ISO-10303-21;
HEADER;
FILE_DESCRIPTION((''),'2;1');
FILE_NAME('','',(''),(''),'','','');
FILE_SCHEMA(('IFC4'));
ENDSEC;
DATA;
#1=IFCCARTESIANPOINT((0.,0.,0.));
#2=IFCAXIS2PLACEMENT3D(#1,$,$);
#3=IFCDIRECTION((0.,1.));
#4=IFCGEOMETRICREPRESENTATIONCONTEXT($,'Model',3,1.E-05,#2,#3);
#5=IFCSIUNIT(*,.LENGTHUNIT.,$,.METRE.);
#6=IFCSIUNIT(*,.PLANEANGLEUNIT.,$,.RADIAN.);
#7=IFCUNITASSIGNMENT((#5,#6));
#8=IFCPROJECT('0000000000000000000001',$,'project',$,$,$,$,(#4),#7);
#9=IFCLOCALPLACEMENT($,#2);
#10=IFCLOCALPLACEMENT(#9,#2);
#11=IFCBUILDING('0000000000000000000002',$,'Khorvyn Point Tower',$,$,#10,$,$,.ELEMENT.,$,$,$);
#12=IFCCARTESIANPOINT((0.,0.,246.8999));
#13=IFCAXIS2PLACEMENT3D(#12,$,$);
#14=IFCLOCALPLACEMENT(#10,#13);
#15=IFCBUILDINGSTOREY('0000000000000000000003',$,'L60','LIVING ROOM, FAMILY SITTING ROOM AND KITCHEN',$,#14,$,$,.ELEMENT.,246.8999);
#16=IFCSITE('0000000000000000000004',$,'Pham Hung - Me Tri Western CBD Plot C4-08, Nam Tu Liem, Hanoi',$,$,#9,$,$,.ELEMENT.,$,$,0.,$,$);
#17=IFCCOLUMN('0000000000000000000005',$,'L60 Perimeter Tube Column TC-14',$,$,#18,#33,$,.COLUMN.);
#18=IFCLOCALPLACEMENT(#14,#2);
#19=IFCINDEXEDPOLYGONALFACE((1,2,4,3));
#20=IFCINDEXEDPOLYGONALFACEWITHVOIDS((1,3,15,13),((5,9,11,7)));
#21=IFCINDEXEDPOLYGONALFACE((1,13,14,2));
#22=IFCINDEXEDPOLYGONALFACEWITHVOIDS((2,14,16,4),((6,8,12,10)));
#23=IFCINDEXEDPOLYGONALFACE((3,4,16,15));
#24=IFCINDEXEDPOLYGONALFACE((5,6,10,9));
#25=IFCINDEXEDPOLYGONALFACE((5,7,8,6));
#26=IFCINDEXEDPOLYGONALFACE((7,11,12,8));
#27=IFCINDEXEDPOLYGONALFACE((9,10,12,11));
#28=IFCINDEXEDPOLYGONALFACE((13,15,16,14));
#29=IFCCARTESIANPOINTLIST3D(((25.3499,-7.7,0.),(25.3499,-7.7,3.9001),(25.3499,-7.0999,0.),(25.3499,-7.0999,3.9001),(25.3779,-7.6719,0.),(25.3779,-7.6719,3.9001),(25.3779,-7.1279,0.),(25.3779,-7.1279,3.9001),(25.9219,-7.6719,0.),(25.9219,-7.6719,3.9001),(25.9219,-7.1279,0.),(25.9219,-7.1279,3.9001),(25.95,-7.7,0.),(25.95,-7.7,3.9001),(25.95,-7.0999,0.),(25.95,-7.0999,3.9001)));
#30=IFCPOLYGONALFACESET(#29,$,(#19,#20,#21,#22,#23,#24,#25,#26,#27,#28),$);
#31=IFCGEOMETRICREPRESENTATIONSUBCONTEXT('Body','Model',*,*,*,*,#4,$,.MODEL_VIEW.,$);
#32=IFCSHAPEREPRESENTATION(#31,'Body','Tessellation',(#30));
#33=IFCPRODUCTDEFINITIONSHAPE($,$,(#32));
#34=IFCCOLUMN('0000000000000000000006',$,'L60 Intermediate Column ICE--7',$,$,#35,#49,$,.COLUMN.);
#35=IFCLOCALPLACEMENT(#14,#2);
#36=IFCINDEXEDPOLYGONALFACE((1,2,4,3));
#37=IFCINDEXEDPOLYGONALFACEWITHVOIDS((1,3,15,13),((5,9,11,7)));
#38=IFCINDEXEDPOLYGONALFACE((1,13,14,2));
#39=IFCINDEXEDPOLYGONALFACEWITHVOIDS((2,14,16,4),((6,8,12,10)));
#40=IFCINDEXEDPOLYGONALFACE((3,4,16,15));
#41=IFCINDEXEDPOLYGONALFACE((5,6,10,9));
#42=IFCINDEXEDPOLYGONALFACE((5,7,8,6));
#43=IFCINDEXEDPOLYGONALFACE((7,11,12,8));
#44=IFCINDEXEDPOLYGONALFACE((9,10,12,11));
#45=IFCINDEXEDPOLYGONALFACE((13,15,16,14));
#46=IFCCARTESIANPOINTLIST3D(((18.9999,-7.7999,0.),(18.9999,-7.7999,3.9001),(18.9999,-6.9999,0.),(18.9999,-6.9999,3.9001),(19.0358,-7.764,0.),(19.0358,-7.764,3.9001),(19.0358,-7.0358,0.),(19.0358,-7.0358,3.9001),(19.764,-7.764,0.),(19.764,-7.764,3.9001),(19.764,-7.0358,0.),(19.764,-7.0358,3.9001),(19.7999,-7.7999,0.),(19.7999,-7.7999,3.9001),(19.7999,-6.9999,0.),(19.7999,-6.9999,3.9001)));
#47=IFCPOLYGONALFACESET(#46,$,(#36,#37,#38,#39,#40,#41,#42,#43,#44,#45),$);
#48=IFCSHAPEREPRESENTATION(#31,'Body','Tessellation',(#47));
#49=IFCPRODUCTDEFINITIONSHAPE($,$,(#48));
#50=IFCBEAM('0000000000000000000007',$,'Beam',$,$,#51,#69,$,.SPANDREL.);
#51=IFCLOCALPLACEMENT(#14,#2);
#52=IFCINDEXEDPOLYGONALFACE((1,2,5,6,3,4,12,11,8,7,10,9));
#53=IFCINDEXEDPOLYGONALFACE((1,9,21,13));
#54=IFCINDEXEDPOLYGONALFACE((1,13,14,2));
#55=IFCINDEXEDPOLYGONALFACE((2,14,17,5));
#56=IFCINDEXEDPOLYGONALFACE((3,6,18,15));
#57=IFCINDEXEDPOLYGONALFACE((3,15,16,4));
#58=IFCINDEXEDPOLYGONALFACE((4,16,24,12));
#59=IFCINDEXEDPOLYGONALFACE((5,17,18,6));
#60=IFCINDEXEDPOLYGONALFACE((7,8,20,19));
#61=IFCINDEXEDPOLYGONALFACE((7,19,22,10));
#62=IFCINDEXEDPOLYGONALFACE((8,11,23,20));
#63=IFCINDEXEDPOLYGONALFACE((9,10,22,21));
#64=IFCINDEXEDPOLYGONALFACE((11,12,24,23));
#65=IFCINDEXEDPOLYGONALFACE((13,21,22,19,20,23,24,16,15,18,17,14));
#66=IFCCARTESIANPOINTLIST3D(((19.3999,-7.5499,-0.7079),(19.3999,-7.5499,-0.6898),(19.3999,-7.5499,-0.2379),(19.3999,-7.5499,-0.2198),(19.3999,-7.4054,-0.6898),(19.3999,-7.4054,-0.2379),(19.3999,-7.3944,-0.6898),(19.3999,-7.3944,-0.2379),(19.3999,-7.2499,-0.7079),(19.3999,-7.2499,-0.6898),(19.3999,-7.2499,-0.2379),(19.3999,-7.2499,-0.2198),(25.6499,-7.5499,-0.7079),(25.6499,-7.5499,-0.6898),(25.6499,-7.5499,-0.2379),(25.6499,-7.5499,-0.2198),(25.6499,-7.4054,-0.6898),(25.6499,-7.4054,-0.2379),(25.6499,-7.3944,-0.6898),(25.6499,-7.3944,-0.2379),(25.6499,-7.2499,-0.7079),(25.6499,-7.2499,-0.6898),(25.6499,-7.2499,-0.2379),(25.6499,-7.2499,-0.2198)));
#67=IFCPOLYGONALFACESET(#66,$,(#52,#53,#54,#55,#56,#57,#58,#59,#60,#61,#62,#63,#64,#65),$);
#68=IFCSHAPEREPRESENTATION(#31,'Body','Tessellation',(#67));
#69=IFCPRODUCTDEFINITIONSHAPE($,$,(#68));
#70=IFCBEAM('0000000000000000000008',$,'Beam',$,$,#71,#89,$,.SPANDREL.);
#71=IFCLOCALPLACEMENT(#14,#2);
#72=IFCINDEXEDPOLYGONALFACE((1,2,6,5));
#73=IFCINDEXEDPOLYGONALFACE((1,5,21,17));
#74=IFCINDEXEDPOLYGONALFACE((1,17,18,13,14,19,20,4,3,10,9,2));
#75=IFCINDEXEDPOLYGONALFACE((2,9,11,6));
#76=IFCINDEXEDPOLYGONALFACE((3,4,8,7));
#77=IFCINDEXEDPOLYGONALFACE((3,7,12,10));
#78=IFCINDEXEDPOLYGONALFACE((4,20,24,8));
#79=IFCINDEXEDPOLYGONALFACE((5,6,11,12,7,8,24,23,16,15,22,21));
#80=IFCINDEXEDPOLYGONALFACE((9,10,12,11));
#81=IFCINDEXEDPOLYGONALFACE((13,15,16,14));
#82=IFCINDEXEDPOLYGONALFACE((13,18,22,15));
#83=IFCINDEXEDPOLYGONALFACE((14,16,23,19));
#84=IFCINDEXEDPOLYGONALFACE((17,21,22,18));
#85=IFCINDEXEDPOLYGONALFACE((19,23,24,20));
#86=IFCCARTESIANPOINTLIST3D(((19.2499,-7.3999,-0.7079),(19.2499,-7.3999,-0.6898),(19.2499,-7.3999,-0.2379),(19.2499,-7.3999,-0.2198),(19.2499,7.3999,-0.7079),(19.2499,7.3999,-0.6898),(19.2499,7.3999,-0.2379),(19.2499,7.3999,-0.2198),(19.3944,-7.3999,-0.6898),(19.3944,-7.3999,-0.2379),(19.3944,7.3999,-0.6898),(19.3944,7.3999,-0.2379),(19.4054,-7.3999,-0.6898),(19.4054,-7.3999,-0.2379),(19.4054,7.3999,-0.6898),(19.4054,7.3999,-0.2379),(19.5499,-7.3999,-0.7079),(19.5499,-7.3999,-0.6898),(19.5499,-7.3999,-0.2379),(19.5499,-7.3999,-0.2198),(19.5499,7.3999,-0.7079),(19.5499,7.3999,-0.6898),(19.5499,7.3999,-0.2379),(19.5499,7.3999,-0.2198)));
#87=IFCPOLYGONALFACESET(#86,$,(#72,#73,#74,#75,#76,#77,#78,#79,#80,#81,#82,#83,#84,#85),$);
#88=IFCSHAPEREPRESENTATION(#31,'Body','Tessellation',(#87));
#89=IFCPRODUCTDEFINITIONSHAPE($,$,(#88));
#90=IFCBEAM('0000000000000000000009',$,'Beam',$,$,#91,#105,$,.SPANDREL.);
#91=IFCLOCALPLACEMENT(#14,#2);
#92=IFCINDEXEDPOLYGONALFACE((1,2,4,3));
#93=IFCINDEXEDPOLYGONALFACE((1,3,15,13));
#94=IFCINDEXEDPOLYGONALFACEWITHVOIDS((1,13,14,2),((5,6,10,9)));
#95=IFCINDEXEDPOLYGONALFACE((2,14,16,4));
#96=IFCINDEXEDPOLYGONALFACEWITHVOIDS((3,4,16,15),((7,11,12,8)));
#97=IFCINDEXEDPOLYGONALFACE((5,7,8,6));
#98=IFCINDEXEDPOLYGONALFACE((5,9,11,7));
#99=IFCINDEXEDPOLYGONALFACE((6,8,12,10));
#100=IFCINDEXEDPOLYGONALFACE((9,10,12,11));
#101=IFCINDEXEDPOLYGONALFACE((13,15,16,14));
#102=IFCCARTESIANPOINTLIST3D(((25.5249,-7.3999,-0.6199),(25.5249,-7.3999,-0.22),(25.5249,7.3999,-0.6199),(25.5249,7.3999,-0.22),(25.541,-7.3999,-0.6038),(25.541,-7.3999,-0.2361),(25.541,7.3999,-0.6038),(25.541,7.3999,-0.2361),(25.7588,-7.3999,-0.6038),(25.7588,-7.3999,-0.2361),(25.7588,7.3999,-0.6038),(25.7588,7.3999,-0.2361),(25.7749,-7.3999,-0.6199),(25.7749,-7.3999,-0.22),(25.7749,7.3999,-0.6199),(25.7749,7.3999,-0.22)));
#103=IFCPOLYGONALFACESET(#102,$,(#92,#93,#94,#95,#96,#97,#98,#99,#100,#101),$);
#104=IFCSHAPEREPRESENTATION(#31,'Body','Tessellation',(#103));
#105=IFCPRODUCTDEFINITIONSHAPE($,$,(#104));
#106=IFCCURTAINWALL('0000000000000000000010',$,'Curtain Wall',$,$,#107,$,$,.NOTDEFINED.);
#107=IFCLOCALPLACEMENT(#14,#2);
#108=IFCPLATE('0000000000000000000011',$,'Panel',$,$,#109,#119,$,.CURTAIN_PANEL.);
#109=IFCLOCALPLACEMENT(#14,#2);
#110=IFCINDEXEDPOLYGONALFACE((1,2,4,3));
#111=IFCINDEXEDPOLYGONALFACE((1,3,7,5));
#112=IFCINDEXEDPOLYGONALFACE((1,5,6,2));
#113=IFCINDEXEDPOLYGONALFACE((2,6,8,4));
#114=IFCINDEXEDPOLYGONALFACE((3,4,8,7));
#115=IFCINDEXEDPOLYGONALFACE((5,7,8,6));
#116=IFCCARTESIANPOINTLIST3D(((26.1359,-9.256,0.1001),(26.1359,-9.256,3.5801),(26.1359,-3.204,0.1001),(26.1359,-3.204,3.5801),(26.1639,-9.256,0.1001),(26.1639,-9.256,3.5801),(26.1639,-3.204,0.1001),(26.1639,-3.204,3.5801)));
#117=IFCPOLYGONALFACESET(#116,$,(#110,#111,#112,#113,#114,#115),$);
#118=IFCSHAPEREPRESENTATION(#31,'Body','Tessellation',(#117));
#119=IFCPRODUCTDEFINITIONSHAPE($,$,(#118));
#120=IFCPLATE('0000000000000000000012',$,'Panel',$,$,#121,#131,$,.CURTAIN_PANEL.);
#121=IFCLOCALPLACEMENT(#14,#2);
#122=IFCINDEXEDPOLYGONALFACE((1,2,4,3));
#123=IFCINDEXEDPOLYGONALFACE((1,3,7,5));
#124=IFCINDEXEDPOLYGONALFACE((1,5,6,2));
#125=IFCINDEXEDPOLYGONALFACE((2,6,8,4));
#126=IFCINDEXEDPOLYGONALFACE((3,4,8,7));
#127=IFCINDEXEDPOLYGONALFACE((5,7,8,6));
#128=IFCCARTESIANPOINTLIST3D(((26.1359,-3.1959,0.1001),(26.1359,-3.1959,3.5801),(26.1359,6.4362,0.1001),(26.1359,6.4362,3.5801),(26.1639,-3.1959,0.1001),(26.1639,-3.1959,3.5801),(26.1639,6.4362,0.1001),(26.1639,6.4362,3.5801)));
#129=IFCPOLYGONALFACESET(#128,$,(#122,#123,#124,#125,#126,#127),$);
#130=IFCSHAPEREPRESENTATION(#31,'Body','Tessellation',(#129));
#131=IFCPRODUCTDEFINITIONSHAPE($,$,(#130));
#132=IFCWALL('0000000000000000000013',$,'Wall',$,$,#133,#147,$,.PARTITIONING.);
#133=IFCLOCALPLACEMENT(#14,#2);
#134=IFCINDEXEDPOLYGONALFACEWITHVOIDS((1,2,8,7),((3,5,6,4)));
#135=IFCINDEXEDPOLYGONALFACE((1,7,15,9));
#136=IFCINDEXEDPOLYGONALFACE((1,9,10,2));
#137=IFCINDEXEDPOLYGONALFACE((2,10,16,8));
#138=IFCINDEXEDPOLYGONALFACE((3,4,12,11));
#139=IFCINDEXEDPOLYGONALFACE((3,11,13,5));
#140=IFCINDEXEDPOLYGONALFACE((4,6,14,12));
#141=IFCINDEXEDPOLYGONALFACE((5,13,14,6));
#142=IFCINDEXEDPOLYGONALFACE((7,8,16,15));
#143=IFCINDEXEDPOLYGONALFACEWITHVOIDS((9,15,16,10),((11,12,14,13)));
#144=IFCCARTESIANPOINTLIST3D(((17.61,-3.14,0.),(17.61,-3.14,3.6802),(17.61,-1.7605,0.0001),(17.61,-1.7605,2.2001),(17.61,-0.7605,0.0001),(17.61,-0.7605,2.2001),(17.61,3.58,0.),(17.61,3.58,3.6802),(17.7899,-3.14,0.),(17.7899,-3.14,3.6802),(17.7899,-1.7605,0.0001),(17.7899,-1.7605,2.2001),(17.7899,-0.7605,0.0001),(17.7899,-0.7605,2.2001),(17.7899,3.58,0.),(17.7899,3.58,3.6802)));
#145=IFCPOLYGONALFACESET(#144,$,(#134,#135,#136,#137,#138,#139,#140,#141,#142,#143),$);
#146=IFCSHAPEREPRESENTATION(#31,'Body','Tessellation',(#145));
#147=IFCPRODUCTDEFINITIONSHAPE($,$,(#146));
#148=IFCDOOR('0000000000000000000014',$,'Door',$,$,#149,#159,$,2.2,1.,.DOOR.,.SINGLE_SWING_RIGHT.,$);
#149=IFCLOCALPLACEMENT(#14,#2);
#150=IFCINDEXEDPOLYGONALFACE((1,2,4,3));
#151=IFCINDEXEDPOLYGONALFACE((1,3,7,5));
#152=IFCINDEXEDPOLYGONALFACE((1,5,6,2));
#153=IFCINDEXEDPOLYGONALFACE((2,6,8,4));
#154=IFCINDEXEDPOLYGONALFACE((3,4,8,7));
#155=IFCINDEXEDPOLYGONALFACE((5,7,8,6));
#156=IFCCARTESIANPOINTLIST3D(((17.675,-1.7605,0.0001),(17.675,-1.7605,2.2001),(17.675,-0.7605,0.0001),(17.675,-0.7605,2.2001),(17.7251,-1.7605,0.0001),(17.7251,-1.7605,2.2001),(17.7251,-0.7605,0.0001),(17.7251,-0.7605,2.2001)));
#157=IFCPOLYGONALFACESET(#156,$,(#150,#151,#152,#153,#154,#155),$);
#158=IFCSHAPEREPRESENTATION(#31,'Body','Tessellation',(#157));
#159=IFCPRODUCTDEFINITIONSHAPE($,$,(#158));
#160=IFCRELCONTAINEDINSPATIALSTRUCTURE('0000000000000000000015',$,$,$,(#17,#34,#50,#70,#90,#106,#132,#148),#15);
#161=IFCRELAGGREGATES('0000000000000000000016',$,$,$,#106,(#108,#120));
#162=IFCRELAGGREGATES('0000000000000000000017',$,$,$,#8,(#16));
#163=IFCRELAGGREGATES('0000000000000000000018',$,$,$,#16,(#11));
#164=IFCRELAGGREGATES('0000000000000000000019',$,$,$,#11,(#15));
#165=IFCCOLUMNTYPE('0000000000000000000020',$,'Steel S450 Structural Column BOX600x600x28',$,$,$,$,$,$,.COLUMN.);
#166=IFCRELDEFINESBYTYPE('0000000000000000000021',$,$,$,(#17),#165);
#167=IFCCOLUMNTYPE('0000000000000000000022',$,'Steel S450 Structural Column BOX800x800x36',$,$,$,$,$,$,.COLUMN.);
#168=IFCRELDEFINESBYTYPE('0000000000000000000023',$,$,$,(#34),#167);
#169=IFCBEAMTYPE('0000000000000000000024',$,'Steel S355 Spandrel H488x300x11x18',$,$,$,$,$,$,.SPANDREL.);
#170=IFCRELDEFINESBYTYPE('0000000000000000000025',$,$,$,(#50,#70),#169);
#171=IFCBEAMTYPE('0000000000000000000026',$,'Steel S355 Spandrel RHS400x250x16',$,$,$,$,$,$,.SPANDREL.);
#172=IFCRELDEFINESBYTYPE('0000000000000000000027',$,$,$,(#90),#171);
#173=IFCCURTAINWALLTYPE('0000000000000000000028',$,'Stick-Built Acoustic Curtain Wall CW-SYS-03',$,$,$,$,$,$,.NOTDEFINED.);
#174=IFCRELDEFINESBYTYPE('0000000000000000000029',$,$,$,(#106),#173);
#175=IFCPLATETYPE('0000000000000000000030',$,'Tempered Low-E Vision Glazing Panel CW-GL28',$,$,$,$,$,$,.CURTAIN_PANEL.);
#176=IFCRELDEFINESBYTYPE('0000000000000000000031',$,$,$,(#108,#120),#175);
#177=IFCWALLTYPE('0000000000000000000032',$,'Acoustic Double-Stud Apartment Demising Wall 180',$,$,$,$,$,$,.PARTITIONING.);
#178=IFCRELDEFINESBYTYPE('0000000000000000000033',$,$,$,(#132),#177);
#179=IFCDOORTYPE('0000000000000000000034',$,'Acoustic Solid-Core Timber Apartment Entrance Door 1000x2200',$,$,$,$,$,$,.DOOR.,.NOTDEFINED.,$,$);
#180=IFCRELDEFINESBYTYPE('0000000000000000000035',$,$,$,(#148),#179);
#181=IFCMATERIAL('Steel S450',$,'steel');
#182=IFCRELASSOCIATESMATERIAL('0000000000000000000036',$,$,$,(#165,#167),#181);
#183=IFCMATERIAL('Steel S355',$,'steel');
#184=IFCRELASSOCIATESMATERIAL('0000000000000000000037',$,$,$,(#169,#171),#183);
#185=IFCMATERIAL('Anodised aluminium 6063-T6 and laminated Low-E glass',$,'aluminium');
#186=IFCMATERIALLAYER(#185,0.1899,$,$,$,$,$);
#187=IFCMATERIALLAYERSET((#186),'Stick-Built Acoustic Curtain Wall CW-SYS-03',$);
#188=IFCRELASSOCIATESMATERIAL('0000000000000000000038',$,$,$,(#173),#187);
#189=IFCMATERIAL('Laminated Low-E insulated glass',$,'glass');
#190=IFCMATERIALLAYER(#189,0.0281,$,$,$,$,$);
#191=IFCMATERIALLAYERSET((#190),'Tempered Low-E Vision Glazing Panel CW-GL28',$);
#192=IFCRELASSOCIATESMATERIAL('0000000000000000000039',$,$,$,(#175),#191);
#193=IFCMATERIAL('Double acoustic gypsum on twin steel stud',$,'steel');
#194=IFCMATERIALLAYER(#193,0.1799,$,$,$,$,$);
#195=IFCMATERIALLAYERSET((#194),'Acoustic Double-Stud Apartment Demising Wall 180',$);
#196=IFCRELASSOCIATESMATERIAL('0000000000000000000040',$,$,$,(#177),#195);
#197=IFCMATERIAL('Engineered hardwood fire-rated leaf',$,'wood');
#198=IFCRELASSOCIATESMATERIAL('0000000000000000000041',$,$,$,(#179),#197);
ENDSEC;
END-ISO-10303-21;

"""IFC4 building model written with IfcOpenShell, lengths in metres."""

from ifc_helpers import new_model, si_unit, direction, frame, frame_2d, origin, origin_2d, place, context, subcontext, project, spatial, rectangle, hollow_rectangle, i_section, extrude, material, layer, layer_set, material_profile, profile_set, type_object, element, fill, aggregate, save


model = new_model("IFC4")

# Units and contexts
model_context = context("Model", 3, precision=1e-05, world=origin(), true_north=direction((0.0, 1.0)))
body_context = subcontext(model_context, "Body", "Model", "MODEL_VIEW")
ifc_project = project(units=[si_unit("LENGTHUNIT", "METRE"), si_unit("PLANEANGLEUNIT", "RADIAN")], contexts=[model_context])

# Site, building, storey
site_placement = place(None, origin())
site = spatial("IfcSite", under=ifc_project, at=site_placement, Name="Pham Hung - Me Tri Western CBD Plot C4-08, Nam Tu Liem, Hanoi", CompositionType="ELEMENT", RefElevation=0.0)
building_placement = place(site_placement, origin())
building = spatial("IfcBuilding", under=site, at=building_placement, Name="Khorvyn Point Tower", CompositionType="ELEMENT")
storey_placement = place(building_placement, frame((0.0, 0.0, 246.8999)))
storey = spatial("IfcBuildingStorey", under=building, at=storey_placement, Name="L60", Description="LIVING ROOM, FAMILY SITTING ROOM AND KITCHEN", CompositionType="ELEMENT", Elevation=246.8999)

# Columns
ifc_material_1 = material(Name="Steel S450", Category="steel")
ifc_material_profile_1 = material_profile(ifc_material_1, hollow_rectangle(XDim=0.6001, YDim=0.6001, WallThickness=0.0281, at=origin_2d()))
ifc_profile_set_1 = profile_set([ifc_material_profile_1], Name="Steel S450 BOX600x600x28")
column_type_1 = type_object("IfcColumnType", Name="Steel S450 Structural Column BOX600x600x28", PredefinedType="COLUMN", material=ifc_profile_set_1)
column_1_placement = place(storey_placement, frame((25.6499, -7.3999, 0.0), z_axis=(0.0, 0.0, 1.0), x_axis=(1.0, 0.0, 0.0)))
element("IfcColumn", 1, at=column_1_placement, inside=storey, type_object=column_type_1, Name="L60 Perimeter Tube Column TC-14", PredefinedType="COLUMN", context=body_context, shape_type="SweptSolid", body=[
    extrude(hollow_rectangle(XDim=0.6001, YDim=0.6001, WallThickness=0.0281, at=origin_2d()), origin(), (0.0, 0.0, 1.0), 3.9001),
])
ifc_material_profile_2 = material_profile(ifc_material_1, hollow_rectangle(XDim=0.8, YDim=0.8, WallThickness=0.0359, at=origin_2d()))
ifc_profile_set_2 = profile_set([ifc_material_profile_2], Name="Steel S450 BOX800x800x36")
column_type_2 = type_object("IfcColumnType", Name="Steel S450 Structural Column BOX800x800x36", PredefinedType="COLUMN", material=ifc_profile_set_2)
column_2_placement = place(storey_placement, frame((19.3999, -7.3999, 0.0), z_axis=(0.0, 0.0, 1.0), x_axis=(1.0, 0.0, 0.0)))
element("IfcColumn", 2, at=column_2_placement, inside=storey, type_object=column_type_2, Name="L60 Intermediate Column ICE--7", PredefinedType="COLUMN", context=body_context, shape_type="SweptSolid", body=[
    extrude(hollow_rectangle(XDim=0.8, YDim=0.8, WallThickness=0.0359, at=origin_2d()), origin(), (0.0, 0.0, 1.0), 3.9001),
])

# Beams
ifc_material_2 = material(Name="Steel S355", Category="steel")
ifc_material_profile_3 = material_profile(ifc_material_2, i_section(OverallWidth=0.3, OverallDepth=0.488, WebThickness=0.011, FlangeThickness=0.0181, at=origin_2d()))
ifc_profile_set_3 = profile_set([ifc_material_profile_3], Name="Steel S355 H488x300x11x18")
beam_type_1 = type_object("IfcBeamType", Name="Steel S355 Spandrel H488x300x11x18", PredefinedType="SPANDREL", material=ifc_profile_set_3)
beam_1_placement = place(storey_placement, frame((19.3999, -7.3999, -0.4639), z_axis=(1.0, 0.0, 0.0), x_axis=(0.0, 1.0, 0.0)))
element("IfcBeam", 3, at=beam_1_placement, inside=storey, type_object=beam_type_1, Name="Beam", PredefinedType="SPANDREL", context=body_context, shape_type="SweptSolid", body=[
    extrude(i_section(OverallWidth=0.3, OverallDepth=0.488, WebThickness=0.011, FlangeThickness=0.0181, at=origin_2d()), origin(), (0.0, 0.0, 1.0), 6.25),
])
beam_2_placement = place(storey_placement, frame((19.3999, -7.3999, -0.4639), z_axis=(0.0, 1.0, 0.0), x_axis=(-1.0, 0.0, 0.0)))
element("IfcBeam", 4, at=beam_2_placement, inside=storey, type_object=beam_type_1, Name="Beam", PredefinedType="SPANDREL", context=body_context, shape_type="SweptSolid", body=[
    extrude(i_section(OverallWidth=0.3, OverallDepth=0.488, WebThickness=0.011, FlangeThickness=0.0181, at=origin_2d()), origin(), (0.0, 0.0, 1.0), 14.7998),
])
ifc_material_profile_4 = material_profile(ifc_material_2, hollow_rectangle(XDim=0.25, YDim=0.3999, WallThickness=0.0161, at=origin_2d()))
ifc_profile_set_4 = profile_set([ifc_material_profile_4], Name="Steel S355 RHS400x250x16")
beam_type_2 = type_object("IfcBeamType", Name="Steel S355 Spandrel RHS400x250x16", PredefinedType="SPANDREL", material=ifc_profile_set_4)
beam_3_placement = place(storey_placement, frame((25.6499, -7.3999, -0.4199), z_axis=(0.0, 1.0, 0.0), x_axis=(-1.0, 0.0, 0.0)))
element("IfcBeam", 5, at=beam_3_placement, inside=storey, type_object=beam_type_2, Name="Beam", PredefinedType="SPANDREL", context=body_context, shape_type="SweptSolid", body=[
    extrude(hollow_rectangle(XDim=0.25, YDim=0.3999, WallThickness=0.0161, at=origin_2d()), origin(), (0.0, 0.0, 1.0), 14.7998),
])

# Curtain wall, plates
ifc_material_3 = material(Name="Anodised aluminium 6063-T6 and laminated Low-E glass", Category="aluminium")
ifc_layer_1 = layer(ifc_material_3, 0.1899)
ifc_layer_set_1 = layer_set([ifc_layer_1], Name="Stick-Built Acoustic Curtain Wall CW-SYS-03")
curtain_wall_type = type_object("IfcCurtainWallType", Name="Stick-Built Acoustic Curtain Wall CW-SYS-03", PredefinedType="NOTDEFINED", material=ifc_layer_set_1)
curtain_wall_placement = place(storey_placement, origin())
curtain_wall = element("IfcCurtainWall", 6, at=curtain_wall_placement, inside=storey, type_object=curtain_wall_type, Name="Curtain Wall", PredefinedType="NOTDEFINED")
ifc_material_4 = material(Name="Laminated Low-E insulated glass", Category="glass")
ifc_layer_2 = layer(ifc_material_4, 0.0281)
ifc_layer_set_2 = layer_set([ifc_layer_2], Name="Tempered Low-E Vision Glazing Panel CW-GL28")
plate_type = type_object("IfcPlateType", Name="Tempered Low-E Vision Glazing Panel CW-GL28", PredefinedType="CURTAIN_PANEL", material=ifc_layer_set_2)
plate_1_placement = place(storey_placement, frame((26.1499, -6.23, 0.1001), z_axis=(0.0, 0.0, 1.0), x_axis=(0.0, -1.0, 0.0)))
plate_1 = element("IfcPlate", 7, at=plate_1_placement, type_object=plate_type, Name="Panel", PredefinedType="CURTAIN_PANEL", context=body_context, shape_type="SweptSolid", body=[
    extrude(rectangle(XDim=6.052, YDim=0.0281, at=origin_2d()), origin(), (0.0, 0.0, 1.0), 3.48),
])
plate_2_placement = place(storey_placement, frame((26.1499, 1.6201, 0.1001), z_axis=(0.0, 0.0, 1.0), x_axis=(0.0, -1.0, 0.0)))
plate_2 = element("IfcPlate", 8, at=plate_2_placement, type_object=plate_type, Name="Panel", PredefinedType="CURTAIN_PANEL", context=body_context, shape_type="SweptSolid", body=[
    extrude(rectangle(XDim=9.6321, YDim=0.0281, at=origin_2d()), origin(), (0.0, 0.0, 1.0), 3.48),
])
aggregate(curtain_wall, [plate_1, plate_2])

# Wall, opening, door
ifc_material_5 = material(Name="Double acoustic gypsum on twin steel stud", Category="steel")
ifc_layer_3 = layer(ifc_material_5, 0.1799)
ifc_layer_set_3 = layer_set([ifc_layer_3], Name="Acoustic Double-Stud Apartment Demising Wall 180")
wall_type_1 = type_object("IfcWallType", Name="Acoustic Double-Stud Apartment Demising Wall 180", PredefinedType="PARTITIONING", material=ifc_layer_set_3)
wall_1_placement = place(storey_placement, frame((17.7, -3.1399, 0.0), z_axis=(0.0, 0.0, 1.0), x_axis=(0.0, 1.0, 0.0)))
wall_1 = element("IfcWall", 9, at=wall_1_placement, inside=storey, type_object=wall_type_1, Name="Wall", PredefinedType="PARTITIONING", context=body_context, shape_type="SweptSolid", body=[
    extrude(rectangle(XDim=6.72, YDim=0.1799, at=frame_2d((3.3599, 0.0))), origin(), (0.0, 0.0, 1.0), 3.6802),
])
opening_1_placement = place(wall_1_placement, frame((1.3794, 0.0, 0.0)))
opening_1 = element("IfcOpeningElement", 10, at=opening_1_placement, cuts=wall_1, PredefinedType="OPENING", context=body_context, shape_type="SweptSolid", body=[
    extrude(rectangle(XDim=1.0, YDim=2.2, at=frame_2d((0.5, 1.1001))), frame((0.0, 0.0999, 0.0), z_axis=(0.0, -1.0, 0.0), x_axis=(1.0, 0.0, 0.0)), (0.0, 0.0, 1.0), 0.2),
])
ifc_material_6 = material(Name="Engineered hardwood fire-rated leaf", Category="wood")
door_type_1 = type_object("IfcDoorType", Name="Acoustic Solid-Core Timber Apartment Entrance Door 1000x2200", OperationType="NOTDEFINED", PredefinedType="DOOR", material=ifc_material_6)
door_1_placement = place(opening_1_placement, origin())
door_1 = element("IfcDoor", 11, at=door_1_placement, inside=storey, type_object=door_type_1, Name="Door", OperationType="SINGLE_SWING_RIGHT", OverallHeight=2.2, OverallWidth=1.0, PredefinedType="DOOR", context=body_context, shape_type="SweptSolid", body=[
    extrude(rectangle(XDim=1.0, YDim=2.2, at=frame_2d((0.5, 1.1001))), frame((0.0, 0.0249, 0.0), z_axis=(0.0, -1.0, 0.0), x_axis=(1.0, 0.0, 0.0)), (0.0, 0.0, 1.0), 0.05),
])
fill(opening_1, door_1)

save(model, "model.ifc")
